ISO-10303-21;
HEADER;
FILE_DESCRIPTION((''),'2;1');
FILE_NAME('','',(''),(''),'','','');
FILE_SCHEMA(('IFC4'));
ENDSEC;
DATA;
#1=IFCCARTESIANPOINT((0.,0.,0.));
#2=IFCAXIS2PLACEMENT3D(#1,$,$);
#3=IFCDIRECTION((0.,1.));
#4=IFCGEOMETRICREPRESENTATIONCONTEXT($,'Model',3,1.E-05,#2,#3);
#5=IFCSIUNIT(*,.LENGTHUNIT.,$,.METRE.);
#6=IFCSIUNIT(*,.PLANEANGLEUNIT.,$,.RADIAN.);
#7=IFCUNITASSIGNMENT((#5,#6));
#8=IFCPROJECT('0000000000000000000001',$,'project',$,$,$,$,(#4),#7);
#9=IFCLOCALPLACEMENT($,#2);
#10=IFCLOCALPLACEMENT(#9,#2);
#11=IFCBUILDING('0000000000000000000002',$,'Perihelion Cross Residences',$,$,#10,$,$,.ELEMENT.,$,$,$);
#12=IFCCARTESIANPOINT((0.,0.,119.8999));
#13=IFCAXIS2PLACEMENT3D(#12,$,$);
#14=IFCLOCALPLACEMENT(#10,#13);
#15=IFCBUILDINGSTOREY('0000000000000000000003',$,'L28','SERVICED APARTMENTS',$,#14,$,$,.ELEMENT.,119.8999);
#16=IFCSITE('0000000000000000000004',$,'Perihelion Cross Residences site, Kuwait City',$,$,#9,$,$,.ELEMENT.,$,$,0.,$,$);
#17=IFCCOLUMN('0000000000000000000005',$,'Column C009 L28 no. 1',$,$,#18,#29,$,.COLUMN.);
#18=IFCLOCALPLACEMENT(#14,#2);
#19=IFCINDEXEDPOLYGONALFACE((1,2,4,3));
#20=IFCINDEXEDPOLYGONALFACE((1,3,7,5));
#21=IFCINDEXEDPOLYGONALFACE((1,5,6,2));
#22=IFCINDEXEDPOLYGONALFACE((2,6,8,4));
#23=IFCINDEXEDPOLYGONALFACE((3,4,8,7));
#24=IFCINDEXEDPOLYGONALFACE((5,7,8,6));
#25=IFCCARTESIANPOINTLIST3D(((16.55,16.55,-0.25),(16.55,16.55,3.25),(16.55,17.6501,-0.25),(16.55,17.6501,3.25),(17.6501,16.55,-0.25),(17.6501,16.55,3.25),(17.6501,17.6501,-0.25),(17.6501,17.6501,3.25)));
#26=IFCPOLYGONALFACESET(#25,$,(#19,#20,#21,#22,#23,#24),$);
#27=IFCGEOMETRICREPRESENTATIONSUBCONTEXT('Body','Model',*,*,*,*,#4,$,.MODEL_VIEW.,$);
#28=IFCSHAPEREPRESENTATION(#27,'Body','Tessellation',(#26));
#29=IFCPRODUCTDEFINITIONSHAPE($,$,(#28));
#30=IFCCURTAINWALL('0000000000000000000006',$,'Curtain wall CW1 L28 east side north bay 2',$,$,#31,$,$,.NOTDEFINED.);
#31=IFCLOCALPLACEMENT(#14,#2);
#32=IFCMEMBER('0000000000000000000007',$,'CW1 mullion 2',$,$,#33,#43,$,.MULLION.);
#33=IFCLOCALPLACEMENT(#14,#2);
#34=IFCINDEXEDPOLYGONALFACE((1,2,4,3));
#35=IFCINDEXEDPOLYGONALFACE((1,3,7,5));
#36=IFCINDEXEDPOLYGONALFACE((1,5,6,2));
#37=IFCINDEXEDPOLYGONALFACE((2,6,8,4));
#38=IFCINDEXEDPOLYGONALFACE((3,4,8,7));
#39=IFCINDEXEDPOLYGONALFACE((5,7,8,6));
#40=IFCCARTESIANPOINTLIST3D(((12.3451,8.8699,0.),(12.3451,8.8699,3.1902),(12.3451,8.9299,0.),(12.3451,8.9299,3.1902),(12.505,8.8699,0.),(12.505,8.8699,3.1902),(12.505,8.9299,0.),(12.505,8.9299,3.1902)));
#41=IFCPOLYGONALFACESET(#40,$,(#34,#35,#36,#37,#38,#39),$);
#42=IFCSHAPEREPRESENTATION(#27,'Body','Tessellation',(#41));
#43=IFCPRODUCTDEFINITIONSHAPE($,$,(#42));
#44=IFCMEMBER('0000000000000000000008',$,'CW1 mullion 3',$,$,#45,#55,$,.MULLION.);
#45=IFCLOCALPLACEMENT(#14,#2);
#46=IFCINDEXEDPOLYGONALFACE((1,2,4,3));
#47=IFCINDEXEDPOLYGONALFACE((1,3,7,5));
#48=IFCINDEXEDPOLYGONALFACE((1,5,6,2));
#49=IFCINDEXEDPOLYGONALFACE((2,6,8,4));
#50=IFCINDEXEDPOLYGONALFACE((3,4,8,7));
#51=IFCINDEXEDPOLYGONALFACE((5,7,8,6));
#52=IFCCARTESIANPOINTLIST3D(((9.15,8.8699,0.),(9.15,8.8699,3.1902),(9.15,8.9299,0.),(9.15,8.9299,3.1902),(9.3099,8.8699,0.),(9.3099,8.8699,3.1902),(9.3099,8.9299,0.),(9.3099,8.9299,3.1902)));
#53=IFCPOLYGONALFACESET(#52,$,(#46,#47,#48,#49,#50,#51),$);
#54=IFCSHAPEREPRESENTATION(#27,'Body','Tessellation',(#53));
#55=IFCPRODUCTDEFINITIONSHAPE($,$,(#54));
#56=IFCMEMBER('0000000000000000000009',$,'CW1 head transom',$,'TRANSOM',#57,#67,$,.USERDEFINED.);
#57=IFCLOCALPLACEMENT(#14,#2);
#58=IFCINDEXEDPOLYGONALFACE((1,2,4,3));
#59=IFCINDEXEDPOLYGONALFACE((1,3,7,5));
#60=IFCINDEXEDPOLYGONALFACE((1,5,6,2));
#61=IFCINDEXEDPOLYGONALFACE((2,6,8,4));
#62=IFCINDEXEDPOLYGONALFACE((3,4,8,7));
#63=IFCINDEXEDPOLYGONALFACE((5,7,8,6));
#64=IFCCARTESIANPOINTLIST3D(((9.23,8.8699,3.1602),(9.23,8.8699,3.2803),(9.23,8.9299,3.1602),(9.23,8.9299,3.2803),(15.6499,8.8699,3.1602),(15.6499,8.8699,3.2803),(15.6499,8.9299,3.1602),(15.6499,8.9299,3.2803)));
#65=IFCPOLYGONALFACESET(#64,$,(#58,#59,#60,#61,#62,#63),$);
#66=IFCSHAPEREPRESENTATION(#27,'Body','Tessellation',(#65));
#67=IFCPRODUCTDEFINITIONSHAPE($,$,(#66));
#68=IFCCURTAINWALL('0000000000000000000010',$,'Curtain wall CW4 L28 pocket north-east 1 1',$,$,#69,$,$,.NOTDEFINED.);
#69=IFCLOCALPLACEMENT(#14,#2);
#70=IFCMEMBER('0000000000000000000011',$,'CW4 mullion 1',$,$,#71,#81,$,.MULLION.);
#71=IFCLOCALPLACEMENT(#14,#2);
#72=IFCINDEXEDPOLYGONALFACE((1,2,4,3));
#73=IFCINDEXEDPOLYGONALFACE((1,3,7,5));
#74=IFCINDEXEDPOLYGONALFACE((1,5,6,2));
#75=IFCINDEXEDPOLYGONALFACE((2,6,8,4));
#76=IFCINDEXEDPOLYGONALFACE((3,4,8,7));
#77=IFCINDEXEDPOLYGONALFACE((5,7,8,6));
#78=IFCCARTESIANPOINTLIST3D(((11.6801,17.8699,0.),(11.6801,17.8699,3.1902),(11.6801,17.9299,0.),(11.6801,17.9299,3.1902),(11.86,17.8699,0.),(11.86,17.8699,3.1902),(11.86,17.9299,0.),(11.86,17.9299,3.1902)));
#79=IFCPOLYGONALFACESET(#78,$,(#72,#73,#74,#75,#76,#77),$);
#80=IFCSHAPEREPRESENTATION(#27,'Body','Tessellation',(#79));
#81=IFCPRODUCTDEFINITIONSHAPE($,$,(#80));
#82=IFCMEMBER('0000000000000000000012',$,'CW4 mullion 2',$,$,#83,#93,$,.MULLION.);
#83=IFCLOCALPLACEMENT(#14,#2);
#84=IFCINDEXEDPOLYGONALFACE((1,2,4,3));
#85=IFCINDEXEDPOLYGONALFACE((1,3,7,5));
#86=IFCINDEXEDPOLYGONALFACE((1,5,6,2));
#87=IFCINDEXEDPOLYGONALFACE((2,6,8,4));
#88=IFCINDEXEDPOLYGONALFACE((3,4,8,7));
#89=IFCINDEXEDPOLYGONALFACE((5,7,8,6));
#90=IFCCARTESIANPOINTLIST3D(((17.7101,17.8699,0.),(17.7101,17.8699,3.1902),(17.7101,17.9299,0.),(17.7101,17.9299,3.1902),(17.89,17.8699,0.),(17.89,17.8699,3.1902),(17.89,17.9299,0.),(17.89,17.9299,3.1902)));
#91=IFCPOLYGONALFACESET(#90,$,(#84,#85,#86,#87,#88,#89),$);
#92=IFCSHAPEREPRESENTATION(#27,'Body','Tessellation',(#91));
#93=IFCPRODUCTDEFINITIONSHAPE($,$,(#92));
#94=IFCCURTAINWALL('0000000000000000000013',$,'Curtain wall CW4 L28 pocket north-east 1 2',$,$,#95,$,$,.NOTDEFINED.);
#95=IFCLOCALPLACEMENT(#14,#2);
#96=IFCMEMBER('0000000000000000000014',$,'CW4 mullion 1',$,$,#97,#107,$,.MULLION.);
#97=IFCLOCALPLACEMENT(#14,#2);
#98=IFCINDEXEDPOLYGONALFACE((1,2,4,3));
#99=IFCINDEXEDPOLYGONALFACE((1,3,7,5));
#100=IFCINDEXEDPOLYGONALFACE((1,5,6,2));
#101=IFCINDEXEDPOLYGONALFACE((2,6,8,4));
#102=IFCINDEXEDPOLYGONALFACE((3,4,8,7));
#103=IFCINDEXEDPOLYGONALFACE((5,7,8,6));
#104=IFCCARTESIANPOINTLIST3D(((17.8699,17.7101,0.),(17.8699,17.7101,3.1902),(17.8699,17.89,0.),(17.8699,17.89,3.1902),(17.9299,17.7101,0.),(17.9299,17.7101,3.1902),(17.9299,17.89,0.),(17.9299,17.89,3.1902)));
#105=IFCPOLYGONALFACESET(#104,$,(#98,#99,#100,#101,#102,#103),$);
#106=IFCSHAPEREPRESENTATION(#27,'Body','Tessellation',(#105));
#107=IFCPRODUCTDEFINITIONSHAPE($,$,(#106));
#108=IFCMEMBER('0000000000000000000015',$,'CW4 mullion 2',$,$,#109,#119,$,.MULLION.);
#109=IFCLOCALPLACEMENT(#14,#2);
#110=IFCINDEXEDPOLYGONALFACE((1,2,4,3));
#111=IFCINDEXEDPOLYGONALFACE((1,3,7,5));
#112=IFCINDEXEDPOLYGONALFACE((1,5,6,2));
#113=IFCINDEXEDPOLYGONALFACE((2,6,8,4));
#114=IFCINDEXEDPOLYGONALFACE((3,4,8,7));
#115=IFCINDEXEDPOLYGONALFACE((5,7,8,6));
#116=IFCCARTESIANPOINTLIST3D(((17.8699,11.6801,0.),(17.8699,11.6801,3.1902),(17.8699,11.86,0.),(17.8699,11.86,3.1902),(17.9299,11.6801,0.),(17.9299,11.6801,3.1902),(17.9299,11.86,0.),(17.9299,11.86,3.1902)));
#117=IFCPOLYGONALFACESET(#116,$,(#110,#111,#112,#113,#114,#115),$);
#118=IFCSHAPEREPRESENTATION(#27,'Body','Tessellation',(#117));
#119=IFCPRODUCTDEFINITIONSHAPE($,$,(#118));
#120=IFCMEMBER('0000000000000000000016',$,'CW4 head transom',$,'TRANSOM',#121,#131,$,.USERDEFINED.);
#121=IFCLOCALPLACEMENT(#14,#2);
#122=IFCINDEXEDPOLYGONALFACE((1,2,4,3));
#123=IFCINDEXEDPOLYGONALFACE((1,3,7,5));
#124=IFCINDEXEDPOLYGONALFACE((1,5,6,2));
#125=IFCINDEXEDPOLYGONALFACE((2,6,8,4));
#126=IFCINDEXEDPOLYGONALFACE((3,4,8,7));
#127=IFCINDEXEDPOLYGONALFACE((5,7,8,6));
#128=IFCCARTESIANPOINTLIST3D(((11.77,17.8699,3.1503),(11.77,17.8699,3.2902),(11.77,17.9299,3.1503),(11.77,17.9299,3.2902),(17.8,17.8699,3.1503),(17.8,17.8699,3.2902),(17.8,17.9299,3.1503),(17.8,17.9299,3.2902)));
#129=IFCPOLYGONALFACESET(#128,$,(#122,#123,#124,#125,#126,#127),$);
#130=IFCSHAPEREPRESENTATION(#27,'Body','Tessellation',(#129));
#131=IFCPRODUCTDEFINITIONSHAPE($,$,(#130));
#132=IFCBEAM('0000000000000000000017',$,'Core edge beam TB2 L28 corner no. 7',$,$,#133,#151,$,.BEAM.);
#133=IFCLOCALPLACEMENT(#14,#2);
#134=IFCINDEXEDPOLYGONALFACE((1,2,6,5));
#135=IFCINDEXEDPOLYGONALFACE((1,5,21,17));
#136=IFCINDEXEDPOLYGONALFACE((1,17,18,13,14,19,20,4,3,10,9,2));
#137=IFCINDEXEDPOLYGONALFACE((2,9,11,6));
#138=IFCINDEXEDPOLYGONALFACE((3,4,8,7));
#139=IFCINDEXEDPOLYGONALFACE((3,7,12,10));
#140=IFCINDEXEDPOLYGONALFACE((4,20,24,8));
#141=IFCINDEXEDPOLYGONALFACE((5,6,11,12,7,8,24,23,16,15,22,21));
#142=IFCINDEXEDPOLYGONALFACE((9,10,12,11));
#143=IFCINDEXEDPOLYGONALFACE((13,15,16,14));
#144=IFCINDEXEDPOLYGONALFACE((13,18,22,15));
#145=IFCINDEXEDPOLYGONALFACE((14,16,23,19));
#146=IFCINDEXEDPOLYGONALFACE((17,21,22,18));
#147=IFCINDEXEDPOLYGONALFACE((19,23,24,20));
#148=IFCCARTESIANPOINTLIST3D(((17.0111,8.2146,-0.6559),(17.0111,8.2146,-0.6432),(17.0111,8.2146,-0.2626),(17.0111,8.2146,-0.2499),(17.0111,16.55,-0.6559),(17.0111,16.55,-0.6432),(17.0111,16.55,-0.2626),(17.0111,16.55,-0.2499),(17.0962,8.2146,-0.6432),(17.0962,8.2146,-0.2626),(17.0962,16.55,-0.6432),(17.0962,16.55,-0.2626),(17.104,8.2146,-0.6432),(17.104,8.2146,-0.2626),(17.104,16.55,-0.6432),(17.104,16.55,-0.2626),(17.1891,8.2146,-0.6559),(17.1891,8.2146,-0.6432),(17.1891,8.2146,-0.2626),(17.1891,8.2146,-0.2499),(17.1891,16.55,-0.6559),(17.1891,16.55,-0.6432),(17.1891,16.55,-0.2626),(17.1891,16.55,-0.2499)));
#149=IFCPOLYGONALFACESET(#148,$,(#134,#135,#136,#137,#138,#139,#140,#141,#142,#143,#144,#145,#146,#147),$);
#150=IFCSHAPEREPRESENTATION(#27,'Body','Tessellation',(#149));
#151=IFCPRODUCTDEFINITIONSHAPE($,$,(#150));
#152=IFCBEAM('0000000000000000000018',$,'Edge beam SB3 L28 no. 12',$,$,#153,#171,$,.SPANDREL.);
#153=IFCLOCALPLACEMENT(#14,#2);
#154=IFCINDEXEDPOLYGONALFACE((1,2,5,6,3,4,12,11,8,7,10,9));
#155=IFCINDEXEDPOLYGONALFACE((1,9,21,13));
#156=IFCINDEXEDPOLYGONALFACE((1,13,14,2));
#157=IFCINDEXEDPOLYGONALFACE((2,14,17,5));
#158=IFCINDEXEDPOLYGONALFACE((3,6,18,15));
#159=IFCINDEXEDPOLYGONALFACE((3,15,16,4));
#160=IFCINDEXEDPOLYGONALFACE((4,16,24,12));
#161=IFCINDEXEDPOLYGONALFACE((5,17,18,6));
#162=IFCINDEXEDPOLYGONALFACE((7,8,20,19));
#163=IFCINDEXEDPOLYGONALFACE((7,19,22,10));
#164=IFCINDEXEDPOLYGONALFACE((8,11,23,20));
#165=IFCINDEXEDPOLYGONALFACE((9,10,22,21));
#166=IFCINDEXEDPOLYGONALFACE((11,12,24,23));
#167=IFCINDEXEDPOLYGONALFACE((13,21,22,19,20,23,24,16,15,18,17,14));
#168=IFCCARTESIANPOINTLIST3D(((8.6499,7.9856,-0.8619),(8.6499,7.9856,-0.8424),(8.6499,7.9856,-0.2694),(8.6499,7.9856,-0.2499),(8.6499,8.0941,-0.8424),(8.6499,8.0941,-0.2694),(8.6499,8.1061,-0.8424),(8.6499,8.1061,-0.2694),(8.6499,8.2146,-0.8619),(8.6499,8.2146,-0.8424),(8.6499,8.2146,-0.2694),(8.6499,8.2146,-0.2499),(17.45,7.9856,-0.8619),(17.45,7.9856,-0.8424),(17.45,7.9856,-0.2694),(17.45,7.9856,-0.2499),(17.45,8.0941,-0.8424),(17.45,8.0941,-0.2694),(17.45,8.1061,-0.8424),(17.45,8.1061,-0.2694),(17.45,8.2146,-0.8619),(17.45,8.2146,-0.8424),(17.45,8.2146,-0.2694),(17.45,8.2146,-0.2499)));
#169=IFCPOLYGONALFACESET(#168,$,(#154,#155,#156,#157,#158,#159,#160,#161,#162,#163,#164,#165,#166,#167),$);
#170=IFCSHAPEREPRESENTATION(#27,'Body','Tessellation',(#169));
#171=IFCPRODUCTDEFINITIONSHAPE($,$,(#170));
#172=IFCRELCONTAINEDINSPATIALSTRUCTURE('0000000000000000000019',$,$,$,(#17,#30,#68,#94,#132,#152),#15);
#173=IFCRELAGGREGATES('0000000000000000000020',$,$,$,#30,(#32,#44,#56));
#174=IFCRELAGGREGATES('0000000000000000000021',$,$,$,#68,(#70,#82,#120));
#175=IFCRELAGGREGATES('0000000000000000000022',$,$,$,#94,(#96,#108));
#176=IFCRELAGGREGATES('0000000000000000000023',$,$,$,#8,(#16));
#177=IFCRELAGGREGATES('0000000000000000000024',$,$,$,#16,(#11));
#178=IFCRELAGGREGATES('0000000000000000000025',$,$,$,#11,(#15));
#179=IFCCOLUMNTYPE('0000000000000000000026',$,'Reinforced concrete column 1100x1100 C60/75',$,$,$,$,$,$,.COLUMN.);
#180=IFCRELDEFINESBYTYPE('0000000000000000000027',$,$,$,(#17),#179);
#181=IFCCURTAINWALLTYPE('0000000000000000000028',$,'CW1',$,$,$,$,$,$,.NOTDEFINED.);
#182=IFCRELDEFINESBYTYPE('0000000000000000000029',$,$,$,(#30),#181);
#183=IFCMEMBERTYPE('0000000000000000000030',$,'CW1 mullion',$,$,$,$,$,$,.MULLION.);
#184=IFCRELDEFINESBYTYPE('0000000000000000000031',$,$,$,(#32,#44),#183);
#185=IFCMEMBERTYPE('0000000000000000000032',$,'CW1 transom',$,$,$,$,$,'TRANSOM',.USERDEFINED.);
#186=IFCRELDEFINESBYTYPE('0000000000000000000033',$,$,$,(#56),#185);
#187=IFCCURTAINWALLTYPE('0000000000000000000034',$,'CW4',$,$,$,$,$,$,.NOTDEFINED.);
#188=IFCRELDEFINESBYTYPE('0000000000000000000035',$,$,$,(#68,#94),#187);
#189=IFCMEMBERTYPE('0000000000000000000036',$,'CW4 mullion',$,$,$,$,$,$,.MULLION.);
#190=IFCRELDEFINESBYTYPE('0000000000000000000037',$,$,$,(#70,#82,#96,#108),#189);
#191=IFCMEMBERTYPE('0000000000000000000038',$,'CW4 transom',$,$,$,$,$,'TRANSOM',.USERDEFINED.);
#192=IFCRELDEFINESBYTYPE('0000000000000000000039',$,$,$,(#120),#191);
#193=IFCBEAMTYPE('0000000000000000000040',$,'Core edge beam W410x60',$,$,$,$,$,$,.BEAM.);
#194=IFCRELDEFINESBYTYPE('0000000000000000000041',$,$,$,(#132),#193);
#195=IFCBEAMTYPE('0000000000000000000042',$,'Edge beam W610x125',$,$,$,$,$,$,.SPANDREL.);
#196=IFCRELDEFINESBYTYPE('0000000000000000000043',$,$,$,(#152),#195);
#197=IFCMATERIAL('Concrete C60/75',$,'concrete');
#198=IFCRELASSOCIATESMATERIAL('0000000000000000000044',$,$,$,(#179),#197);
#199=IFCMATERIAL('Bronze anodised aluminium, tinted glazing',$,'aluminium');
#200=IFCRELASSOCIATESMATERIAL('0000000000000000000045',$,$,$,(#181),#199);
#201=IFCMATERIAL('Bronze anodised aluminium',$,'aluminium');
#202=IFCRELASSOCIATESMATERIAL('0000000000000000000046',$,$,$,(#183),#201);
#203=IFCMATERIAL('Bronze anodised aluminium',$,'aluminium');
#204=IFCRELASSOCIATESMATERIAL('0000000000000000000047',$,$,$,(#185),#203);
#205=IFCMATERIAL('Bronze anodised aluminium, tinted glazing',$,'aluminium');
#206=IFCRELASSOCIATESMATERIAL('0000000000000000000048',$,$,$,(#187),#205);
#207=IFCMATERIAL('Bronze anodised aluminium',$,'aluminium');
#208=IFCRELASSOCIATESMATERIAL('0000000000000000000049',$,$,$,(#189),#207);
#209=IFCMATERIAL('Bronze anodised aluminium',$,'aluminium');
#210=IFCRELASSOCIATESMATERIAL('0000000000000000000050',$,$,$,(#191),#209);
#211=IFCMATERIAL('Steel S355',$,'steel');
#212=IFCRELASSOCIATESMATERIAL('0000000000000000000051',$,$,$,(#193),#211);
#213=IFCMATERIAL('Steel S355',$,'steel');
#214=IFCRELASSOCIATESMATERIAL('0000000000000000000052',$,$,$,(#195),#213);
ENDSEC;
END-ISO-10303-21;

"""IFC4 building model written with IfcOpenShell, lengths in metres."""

from ifc_helpers import new_model, si_unit, direction, frame, origin, origin_2d, place, context, subcontext, project, spatial, rectangle, i_section, extrude, material, material_profile, profile_set, type_object, element, aggregate, save


model = new_model("IFC4")

# Units and contexts
model_context = context("Model", 3, precision=1e-05, world=origin(), true_north=direction((0.0, 1.0)))
body_context = subcontext(model_context, "Body", "Model", "MODEL_VIEW")
ifc_project = project(units=[si_unit("LENGTHUNIT", "METRE"), si_unit("PLANEANGLEUNIT", "RADIAN")], contexts=[model_context])

# Site, building, storey
site_placement = place(None, origin())
site = spatial("IfcSite", under=ifc_project, at=site_placement, Name="Perihelion Cross Residences site, Kuwait City", CompositionType="ELEMENT", RefElevation=0.0)
building_placement = place(site_placement, origin())
building = spatial("IfcBuilding", under=site, at=building_placement, Name="Perihelion Cross Residences", CompositionType="ELEMENT")
storey_placement = place(building_placement, frame((0.0, 0.0, 119.8999)))
storey = spatial("IfcBuildingStorey", under=building, at=storey_placement, Name="L28", Description="SERVICED APARTMENTS", CompositionType="ELEMENT", Elevation=119.8999)

# Column
ifc_material_1 = material(Name="Concrete C60/75", Category="concrete")
ifc_material_profile_1 = material_profile(ifc_material_1, rectangle(XDim=1.1001, YDim=1.1001, at=origin_2d()), Name="RC 1100x1100")
ifc_profile_set_1 = profile_set([ifc_material_profile_1], Name="Concrete C60/75")
column_type = type_object("IfcColumnType", Name="Reinforced concrete column 1100x1100 C60/75", PredefinedType="COLUMN", material=ifc_profile_set_1)
column_placement = place(storey_placement, frame((17.1001, 17.1001, -0.25), z_axis=(0.0, 0.0, 1.0), x_axis=(1.0, 0.0, 0.0)))
element("IfcColumn", 1, at=column_placement, inside=storey, type_object=column_type, Name="Column C009 L28 no. 1", PredefinedType="COLUMN", context=body_context, shape_type="SweptSolid", body=[
    extrude(rectangle(XDim=1.1001, YDim=1.1001, at=origin_2d()), origin(), (0.0, 0.0, 1.0), 3.5),
])

# Curtain walls, members
ifc_material_2 = material(Name="Bronze anodised aluminium, tinted glazing", Category="aluminium")
curtain_wall_type_1 = type_object("IfcCurtainWallType", Name="CW1", PredefinedType="NOTDEFINED", material=ifc_material_2)
curtain_wall_1_placement = place(storey_placement, origin())
curtain_wall_1 = element("IfcCurtainWall", 2, at=curtain_wall_1_placement, inside=storey, type_object=curtain_wall_type_1, Name="Curtain wall CW1 L28 east side north bay 2", PredefinedType="NOTDEFINED")
ifc_material_3 = material(Name="Bronze anodised aluminium", Category="aluminium")
ifc_material_profile_2 = material_profile(ifc_material_3, rectangle(XDim=0.0601, YDim=0.1599, at=origin_2d()), Name="CW1 mullion")
ifc_profile_set_2 = profile_set([ifc_material_profile_2], Name="Bronze anodised aluminium")
member_type_1 = type_object("IfcMemberType", Name="CW1 mullion", PredefinedType="MULLION", material=ifc_profile_set_2)
member_1_placement = place(storey_placement, frame((12.425, 8.8999, 0.0), z_axis=(0.0, 0.0, 1.0), x_axis=(0.0, -1.0, 0.0)))
member_1 = element("IfcMember", 3, at=member_1_placement, type_object=member_type_1, Name="CW1 mullion 2", PredefinedType="MULLION", context=body_context, shape_type="SweptSolid", body=[
    extrude(rectangle(XDim=0.0601, YDim=0.1599, at=origin_2d()), origin(), (0.0, 0.0, 1.0), 3.1902),
])
member_2_placement = place(storey_placement, frame((9.23, 8.8999, 0.0), z_axis=(0.0, 0.0, 1.0), x_axis=(0.0, -1.0, 0.0)))
member_2 = element("IfcMember", 4, at=member_2_placement, type_object=member_type_1, Name="CW1 mullion 3", PredefinedType="MULLION", context=body_context, shape_type="SweptSolid", body=[
    extrude(rectangle(XDim=0.0601, YDim=0.1599, at=origin_2d()), origin(), (0.0, 0.0, 1.0), 3.1902),
])
ifc_material_4 = material(Name="Bronze anodised aluminium", Category="aluminium")
ifc_material_profile_3 = material_profile(ifc_material_4, rectangle(XDim=0.0601, YDim=0.1201, at=origin_2d()), Name="CW1 transom")
ifc_profile_set_3 = profile_set([ifc_material_profile_3], Name="Bronze anodised aluminium")
member_type_2 = type_object("IfcMemberType", Name="CW1 transom", ElementType="TRANSOM", PredefinedType="USERDEFINED", material=ifc_profile_set_3)
member_3_placement = place(storey_placement, frame((15.6499, 8.8999, 3.2202), z_axis=(-1.0, 0.0, 0.0), x_axis=(0.0, -1.0, 0.0)))
member_3 = element("IfcMember", 5, at=member_3_placement, type_object=member_type_2, Name="CW1 head transom", ObjectType="TRANSOM", PredefinedType="USERDEFINED", context=body_context, shape_type="SweptSolid", body=[
    extrude(rectangle(XDim=0.0601, YDim=0.1201, at=origin_2d()), origin(), (0.0, 0.0, 1.0), 6.4199),
])
ifc_material_5 = material(Name="Bronze anodised aluminium, tinted glazing", Category="aluminium")
curtain_wall_type_2 = type_object("IfcCurtainWallType", Name="CW4", PredefinedType="NOTDEFINED", material=ifc_material_5)
curtain_wall_2_placement = place(storey_placement, origin())
curtain_wall_2 = element("IfcCurtainWall", 6, at=curtain_wall_2_placement, inside=storey, type_object=curtain_wall_type_2, Name="Curtain wall CW4 L28 pocket north-east 1 1", PredefinedType="NOTDEFINED")
ifc_material_6 = material(Name="Bronze anodised aluminium", Category="aluminium")
ifc_material_profile_4 = material_profile(ifc_material_6, rectangle(XDim=0.0601, YDim=0.1799, at=origin_2d()), Name="CW4 mullion")
ifc_profile_set_4 = profile_set([ifc_material_profile_4], Name="Bronze anodised aluminium")
member_type_3 = type_object("IfcMemberType", Name="CW4 mullion", PredefinedType="MULLION", material=ifc_profile_set_4)
member_4_placement = place(storey_placement, frame((11.77, 17.8999, 0.0), z_axis=(0.0, 0.0, 1.0), x_axis=(0.0, 1.0, 0.0)))
member_4 = element("IfcMember", 7, at=member_4_placement, type_object=member_type_3, Name="CW4 mullion 1", PredefinedType="MULLION", context=body_context, shape_type="SweptSolid", body=[
    extrude(rectangle(XDim=0.0601, YDim=0.1799, at=origin_2d()), origin(), (0.0, 0.0, 1.0), 3.1902),
])
member_5_placement = place(storey_placement, frame((17.8, 17.8999, 0.0), z_axis=(0.0, 0.0, 1.0), x_axis=(0.0, 1.0, 0.0)))
member_5 = element("IfcMember", 8, at=member_5_placement, type_object=member_type_3, Name="CW4 mullion 2", PredefinedType="MULLION", context=body_context, shape_type="SweptSolid", body=[
    extrude(rectangle(XDim=0.0601, YDim=0.1799, at=origin_2d()), origin(), (0.0, 0.0, 1.0), 3.1902),
])
curtain_wall_3_placement = place(storey_placement, origin())
curtain_wall_3 = element("IfcCurtainWall", 9, at=curtain_wall_3_placement, inside=storey, type_object=curtain_wall_type_2, Name="Curtain wall CW4 L28 pocket north-east 1 2", PredefinedType="NOTDEFINED")
member_6_placement = place(storey_placement, frame((17.8999, 17.8, 0.0), z_axis=(0.0, 0.0, 1.0), x_axis=(1.0, 0.0, 0.0)))
member_6 = element("IfcMember", 10, at=member_6_placement, type_object=member_type_3, Name="CW4 mullion 1", PredefinedType="MULLION", context=body_context, shape_type="SweptSolid", body=[
    extrude(rectangle(XDim=0.0601, YDim=0.1799, at=origin_2d()), origin(), (0.0, 0.0, 1.0), 3.1902),
])
member_7_placement = place(storey_placement, frame((17.8999, 11.77, 0.0), z_axis=(0.0, 0.0, 1.0), x_axis=(1.0, 0.0, 0.0)))
member_7 = element("IfcMember", 11, at=member_7_placement, type_object=member_type_3, Name="CW4 mullion 2", PredefinedType="MULLION", context=body_context, shape_type="SweptSolid", body=[
    extrude(rectangle(XDim=0.0601, YDim=0.1799, at=origin_2d()), origin(), (0.0, 0.0, 1.0), 3.1902),
])

# Member
ifc_material_7 = material(Name="Bronze anodised aluminium", Category="aluminium")
ifc_material_profile_5 = material_profile(ifc_material_7, rectangle(XDim=0.0601, YDim=0.1399, at=origin_2d()), Name="CW4 transom")
ifc_profile_set_5 = profile_set([ifc_material_profile_5], Name="Bronze anodised aluminium")
member_type_4 = type_object("IfcMemberType", Name="CW4 transom", ElementType="TRANSOM", PredefinedType="USERDEFINED", material=ifc_profile_set_5)
member_8_placement = place(storey_placement, frame((11.77, 17.8999, 3.2202), z_axis=(1.0, 0.0, 0.0), x_axis=(0.0, 1.0, 0.0)))
member_8 = element("IfcMember", 12, at=member_8_placement, type_object=member_type_4, Name="CW4 head transom", ObjectType="TRANSOM", PredefinedType="USERDEFINED", context=body_context, shape_type="SweptSolid", body=[
    extrude(rectangle(XDim=0.0601, YDim=0.1399, at=origin_2d()), origin(), (0.0, 0.0, 1.0), 6.03),
])

# Beams
ifc_material_8 = material(Name="Steel S355", Category="steel")
ifc_material_profile_6 = material_profile(ifc_material_8, i_section(OverallWidth=0.178, OverallDepth=0.406, WebThickness=0.0078, FlangeThickness=0.0127, at=origin_2d()), Name="W410x60")
ifc_profile_set_6 = profile_set([ifc_material_profile_6], Name="Steel S355")
beam_type_1 = type_object("IfcBeamType", Name="Core edge beam W410x60", PredefinedType="BEAM", material=ifc_profile_set_6)
beam_1_placement = place(storey_placement, frame((17.1001, 8.2146, -0.4529), z_axis=(0.0, 1.0, 0.0), x_axis=(-1.0, 0.0, 0.0)))
element("IfcBeam", 13, at=beam_1_placement, inside=storey, type_object=beam_type_1, Name="Core edge beam TB2 L28 corner no. 7", PredefinedType="BEAM", context=body_context, shape_type="SweptSolid", body=[
    extrude(i_section(OverallWidth=0.178, OverallDepth=0.406, WebThickness=0.0078, FlangeThickness=0.0127, at=origin_2d()), origin(), (0.0, 0.0, 1.0), 8.3354),
])
ifc_material_9 = material(Name="Steel S355", Category="steel")
ifc_material_profile_7 = material_profile(ifc_material_9, i_section(OverallWidth=0.229, OverallDepth=0.6121, WebThickness=0.012, FlangeThickness=0.0195, at=origin_2d()), Name="W610x125")
ifc_profile_set_7 = profile_set([ifc_material_profile_7], Name="Steel S355")
beam_type_2 = type_object("IfcBeamType", Name="Edge beam W610x125", PredefinedType="SPANDREL", material=ifc_profile_set_7)
beam_2_placement = place(storey_placement, frame((17.45, 8.1001, -0.5559), z_axis=(-1.0, 0.0, 0.0), x_axis=(0.0, -1.0, 0.0)))
element("IfcBeam", 14, at=beam_2_placement, inside=storey, type_object=beam_type_2, Name="Edge beam SB3 L28 no. 12", PredefinedType="SPANDREL", context=body_context, shape_type="SweptSolid", body=[
    extrude(i_section(OverallWidth=0.229, OverallDepth=0.6121, WebThickness=0.012, FlangeThickness=0.0195, at=origin_2d()), origin(), (0.0, 0.0, 1.0), 8.8),
])

aggregate(curtain_wall_1, [member_1, member_2, member_3])
aggregate(curtain_wall_2, [member_4, member_5, member_8])
aggregate(curtain_wall_3, [member_6, member_7])

save(model, "model.ifc")
